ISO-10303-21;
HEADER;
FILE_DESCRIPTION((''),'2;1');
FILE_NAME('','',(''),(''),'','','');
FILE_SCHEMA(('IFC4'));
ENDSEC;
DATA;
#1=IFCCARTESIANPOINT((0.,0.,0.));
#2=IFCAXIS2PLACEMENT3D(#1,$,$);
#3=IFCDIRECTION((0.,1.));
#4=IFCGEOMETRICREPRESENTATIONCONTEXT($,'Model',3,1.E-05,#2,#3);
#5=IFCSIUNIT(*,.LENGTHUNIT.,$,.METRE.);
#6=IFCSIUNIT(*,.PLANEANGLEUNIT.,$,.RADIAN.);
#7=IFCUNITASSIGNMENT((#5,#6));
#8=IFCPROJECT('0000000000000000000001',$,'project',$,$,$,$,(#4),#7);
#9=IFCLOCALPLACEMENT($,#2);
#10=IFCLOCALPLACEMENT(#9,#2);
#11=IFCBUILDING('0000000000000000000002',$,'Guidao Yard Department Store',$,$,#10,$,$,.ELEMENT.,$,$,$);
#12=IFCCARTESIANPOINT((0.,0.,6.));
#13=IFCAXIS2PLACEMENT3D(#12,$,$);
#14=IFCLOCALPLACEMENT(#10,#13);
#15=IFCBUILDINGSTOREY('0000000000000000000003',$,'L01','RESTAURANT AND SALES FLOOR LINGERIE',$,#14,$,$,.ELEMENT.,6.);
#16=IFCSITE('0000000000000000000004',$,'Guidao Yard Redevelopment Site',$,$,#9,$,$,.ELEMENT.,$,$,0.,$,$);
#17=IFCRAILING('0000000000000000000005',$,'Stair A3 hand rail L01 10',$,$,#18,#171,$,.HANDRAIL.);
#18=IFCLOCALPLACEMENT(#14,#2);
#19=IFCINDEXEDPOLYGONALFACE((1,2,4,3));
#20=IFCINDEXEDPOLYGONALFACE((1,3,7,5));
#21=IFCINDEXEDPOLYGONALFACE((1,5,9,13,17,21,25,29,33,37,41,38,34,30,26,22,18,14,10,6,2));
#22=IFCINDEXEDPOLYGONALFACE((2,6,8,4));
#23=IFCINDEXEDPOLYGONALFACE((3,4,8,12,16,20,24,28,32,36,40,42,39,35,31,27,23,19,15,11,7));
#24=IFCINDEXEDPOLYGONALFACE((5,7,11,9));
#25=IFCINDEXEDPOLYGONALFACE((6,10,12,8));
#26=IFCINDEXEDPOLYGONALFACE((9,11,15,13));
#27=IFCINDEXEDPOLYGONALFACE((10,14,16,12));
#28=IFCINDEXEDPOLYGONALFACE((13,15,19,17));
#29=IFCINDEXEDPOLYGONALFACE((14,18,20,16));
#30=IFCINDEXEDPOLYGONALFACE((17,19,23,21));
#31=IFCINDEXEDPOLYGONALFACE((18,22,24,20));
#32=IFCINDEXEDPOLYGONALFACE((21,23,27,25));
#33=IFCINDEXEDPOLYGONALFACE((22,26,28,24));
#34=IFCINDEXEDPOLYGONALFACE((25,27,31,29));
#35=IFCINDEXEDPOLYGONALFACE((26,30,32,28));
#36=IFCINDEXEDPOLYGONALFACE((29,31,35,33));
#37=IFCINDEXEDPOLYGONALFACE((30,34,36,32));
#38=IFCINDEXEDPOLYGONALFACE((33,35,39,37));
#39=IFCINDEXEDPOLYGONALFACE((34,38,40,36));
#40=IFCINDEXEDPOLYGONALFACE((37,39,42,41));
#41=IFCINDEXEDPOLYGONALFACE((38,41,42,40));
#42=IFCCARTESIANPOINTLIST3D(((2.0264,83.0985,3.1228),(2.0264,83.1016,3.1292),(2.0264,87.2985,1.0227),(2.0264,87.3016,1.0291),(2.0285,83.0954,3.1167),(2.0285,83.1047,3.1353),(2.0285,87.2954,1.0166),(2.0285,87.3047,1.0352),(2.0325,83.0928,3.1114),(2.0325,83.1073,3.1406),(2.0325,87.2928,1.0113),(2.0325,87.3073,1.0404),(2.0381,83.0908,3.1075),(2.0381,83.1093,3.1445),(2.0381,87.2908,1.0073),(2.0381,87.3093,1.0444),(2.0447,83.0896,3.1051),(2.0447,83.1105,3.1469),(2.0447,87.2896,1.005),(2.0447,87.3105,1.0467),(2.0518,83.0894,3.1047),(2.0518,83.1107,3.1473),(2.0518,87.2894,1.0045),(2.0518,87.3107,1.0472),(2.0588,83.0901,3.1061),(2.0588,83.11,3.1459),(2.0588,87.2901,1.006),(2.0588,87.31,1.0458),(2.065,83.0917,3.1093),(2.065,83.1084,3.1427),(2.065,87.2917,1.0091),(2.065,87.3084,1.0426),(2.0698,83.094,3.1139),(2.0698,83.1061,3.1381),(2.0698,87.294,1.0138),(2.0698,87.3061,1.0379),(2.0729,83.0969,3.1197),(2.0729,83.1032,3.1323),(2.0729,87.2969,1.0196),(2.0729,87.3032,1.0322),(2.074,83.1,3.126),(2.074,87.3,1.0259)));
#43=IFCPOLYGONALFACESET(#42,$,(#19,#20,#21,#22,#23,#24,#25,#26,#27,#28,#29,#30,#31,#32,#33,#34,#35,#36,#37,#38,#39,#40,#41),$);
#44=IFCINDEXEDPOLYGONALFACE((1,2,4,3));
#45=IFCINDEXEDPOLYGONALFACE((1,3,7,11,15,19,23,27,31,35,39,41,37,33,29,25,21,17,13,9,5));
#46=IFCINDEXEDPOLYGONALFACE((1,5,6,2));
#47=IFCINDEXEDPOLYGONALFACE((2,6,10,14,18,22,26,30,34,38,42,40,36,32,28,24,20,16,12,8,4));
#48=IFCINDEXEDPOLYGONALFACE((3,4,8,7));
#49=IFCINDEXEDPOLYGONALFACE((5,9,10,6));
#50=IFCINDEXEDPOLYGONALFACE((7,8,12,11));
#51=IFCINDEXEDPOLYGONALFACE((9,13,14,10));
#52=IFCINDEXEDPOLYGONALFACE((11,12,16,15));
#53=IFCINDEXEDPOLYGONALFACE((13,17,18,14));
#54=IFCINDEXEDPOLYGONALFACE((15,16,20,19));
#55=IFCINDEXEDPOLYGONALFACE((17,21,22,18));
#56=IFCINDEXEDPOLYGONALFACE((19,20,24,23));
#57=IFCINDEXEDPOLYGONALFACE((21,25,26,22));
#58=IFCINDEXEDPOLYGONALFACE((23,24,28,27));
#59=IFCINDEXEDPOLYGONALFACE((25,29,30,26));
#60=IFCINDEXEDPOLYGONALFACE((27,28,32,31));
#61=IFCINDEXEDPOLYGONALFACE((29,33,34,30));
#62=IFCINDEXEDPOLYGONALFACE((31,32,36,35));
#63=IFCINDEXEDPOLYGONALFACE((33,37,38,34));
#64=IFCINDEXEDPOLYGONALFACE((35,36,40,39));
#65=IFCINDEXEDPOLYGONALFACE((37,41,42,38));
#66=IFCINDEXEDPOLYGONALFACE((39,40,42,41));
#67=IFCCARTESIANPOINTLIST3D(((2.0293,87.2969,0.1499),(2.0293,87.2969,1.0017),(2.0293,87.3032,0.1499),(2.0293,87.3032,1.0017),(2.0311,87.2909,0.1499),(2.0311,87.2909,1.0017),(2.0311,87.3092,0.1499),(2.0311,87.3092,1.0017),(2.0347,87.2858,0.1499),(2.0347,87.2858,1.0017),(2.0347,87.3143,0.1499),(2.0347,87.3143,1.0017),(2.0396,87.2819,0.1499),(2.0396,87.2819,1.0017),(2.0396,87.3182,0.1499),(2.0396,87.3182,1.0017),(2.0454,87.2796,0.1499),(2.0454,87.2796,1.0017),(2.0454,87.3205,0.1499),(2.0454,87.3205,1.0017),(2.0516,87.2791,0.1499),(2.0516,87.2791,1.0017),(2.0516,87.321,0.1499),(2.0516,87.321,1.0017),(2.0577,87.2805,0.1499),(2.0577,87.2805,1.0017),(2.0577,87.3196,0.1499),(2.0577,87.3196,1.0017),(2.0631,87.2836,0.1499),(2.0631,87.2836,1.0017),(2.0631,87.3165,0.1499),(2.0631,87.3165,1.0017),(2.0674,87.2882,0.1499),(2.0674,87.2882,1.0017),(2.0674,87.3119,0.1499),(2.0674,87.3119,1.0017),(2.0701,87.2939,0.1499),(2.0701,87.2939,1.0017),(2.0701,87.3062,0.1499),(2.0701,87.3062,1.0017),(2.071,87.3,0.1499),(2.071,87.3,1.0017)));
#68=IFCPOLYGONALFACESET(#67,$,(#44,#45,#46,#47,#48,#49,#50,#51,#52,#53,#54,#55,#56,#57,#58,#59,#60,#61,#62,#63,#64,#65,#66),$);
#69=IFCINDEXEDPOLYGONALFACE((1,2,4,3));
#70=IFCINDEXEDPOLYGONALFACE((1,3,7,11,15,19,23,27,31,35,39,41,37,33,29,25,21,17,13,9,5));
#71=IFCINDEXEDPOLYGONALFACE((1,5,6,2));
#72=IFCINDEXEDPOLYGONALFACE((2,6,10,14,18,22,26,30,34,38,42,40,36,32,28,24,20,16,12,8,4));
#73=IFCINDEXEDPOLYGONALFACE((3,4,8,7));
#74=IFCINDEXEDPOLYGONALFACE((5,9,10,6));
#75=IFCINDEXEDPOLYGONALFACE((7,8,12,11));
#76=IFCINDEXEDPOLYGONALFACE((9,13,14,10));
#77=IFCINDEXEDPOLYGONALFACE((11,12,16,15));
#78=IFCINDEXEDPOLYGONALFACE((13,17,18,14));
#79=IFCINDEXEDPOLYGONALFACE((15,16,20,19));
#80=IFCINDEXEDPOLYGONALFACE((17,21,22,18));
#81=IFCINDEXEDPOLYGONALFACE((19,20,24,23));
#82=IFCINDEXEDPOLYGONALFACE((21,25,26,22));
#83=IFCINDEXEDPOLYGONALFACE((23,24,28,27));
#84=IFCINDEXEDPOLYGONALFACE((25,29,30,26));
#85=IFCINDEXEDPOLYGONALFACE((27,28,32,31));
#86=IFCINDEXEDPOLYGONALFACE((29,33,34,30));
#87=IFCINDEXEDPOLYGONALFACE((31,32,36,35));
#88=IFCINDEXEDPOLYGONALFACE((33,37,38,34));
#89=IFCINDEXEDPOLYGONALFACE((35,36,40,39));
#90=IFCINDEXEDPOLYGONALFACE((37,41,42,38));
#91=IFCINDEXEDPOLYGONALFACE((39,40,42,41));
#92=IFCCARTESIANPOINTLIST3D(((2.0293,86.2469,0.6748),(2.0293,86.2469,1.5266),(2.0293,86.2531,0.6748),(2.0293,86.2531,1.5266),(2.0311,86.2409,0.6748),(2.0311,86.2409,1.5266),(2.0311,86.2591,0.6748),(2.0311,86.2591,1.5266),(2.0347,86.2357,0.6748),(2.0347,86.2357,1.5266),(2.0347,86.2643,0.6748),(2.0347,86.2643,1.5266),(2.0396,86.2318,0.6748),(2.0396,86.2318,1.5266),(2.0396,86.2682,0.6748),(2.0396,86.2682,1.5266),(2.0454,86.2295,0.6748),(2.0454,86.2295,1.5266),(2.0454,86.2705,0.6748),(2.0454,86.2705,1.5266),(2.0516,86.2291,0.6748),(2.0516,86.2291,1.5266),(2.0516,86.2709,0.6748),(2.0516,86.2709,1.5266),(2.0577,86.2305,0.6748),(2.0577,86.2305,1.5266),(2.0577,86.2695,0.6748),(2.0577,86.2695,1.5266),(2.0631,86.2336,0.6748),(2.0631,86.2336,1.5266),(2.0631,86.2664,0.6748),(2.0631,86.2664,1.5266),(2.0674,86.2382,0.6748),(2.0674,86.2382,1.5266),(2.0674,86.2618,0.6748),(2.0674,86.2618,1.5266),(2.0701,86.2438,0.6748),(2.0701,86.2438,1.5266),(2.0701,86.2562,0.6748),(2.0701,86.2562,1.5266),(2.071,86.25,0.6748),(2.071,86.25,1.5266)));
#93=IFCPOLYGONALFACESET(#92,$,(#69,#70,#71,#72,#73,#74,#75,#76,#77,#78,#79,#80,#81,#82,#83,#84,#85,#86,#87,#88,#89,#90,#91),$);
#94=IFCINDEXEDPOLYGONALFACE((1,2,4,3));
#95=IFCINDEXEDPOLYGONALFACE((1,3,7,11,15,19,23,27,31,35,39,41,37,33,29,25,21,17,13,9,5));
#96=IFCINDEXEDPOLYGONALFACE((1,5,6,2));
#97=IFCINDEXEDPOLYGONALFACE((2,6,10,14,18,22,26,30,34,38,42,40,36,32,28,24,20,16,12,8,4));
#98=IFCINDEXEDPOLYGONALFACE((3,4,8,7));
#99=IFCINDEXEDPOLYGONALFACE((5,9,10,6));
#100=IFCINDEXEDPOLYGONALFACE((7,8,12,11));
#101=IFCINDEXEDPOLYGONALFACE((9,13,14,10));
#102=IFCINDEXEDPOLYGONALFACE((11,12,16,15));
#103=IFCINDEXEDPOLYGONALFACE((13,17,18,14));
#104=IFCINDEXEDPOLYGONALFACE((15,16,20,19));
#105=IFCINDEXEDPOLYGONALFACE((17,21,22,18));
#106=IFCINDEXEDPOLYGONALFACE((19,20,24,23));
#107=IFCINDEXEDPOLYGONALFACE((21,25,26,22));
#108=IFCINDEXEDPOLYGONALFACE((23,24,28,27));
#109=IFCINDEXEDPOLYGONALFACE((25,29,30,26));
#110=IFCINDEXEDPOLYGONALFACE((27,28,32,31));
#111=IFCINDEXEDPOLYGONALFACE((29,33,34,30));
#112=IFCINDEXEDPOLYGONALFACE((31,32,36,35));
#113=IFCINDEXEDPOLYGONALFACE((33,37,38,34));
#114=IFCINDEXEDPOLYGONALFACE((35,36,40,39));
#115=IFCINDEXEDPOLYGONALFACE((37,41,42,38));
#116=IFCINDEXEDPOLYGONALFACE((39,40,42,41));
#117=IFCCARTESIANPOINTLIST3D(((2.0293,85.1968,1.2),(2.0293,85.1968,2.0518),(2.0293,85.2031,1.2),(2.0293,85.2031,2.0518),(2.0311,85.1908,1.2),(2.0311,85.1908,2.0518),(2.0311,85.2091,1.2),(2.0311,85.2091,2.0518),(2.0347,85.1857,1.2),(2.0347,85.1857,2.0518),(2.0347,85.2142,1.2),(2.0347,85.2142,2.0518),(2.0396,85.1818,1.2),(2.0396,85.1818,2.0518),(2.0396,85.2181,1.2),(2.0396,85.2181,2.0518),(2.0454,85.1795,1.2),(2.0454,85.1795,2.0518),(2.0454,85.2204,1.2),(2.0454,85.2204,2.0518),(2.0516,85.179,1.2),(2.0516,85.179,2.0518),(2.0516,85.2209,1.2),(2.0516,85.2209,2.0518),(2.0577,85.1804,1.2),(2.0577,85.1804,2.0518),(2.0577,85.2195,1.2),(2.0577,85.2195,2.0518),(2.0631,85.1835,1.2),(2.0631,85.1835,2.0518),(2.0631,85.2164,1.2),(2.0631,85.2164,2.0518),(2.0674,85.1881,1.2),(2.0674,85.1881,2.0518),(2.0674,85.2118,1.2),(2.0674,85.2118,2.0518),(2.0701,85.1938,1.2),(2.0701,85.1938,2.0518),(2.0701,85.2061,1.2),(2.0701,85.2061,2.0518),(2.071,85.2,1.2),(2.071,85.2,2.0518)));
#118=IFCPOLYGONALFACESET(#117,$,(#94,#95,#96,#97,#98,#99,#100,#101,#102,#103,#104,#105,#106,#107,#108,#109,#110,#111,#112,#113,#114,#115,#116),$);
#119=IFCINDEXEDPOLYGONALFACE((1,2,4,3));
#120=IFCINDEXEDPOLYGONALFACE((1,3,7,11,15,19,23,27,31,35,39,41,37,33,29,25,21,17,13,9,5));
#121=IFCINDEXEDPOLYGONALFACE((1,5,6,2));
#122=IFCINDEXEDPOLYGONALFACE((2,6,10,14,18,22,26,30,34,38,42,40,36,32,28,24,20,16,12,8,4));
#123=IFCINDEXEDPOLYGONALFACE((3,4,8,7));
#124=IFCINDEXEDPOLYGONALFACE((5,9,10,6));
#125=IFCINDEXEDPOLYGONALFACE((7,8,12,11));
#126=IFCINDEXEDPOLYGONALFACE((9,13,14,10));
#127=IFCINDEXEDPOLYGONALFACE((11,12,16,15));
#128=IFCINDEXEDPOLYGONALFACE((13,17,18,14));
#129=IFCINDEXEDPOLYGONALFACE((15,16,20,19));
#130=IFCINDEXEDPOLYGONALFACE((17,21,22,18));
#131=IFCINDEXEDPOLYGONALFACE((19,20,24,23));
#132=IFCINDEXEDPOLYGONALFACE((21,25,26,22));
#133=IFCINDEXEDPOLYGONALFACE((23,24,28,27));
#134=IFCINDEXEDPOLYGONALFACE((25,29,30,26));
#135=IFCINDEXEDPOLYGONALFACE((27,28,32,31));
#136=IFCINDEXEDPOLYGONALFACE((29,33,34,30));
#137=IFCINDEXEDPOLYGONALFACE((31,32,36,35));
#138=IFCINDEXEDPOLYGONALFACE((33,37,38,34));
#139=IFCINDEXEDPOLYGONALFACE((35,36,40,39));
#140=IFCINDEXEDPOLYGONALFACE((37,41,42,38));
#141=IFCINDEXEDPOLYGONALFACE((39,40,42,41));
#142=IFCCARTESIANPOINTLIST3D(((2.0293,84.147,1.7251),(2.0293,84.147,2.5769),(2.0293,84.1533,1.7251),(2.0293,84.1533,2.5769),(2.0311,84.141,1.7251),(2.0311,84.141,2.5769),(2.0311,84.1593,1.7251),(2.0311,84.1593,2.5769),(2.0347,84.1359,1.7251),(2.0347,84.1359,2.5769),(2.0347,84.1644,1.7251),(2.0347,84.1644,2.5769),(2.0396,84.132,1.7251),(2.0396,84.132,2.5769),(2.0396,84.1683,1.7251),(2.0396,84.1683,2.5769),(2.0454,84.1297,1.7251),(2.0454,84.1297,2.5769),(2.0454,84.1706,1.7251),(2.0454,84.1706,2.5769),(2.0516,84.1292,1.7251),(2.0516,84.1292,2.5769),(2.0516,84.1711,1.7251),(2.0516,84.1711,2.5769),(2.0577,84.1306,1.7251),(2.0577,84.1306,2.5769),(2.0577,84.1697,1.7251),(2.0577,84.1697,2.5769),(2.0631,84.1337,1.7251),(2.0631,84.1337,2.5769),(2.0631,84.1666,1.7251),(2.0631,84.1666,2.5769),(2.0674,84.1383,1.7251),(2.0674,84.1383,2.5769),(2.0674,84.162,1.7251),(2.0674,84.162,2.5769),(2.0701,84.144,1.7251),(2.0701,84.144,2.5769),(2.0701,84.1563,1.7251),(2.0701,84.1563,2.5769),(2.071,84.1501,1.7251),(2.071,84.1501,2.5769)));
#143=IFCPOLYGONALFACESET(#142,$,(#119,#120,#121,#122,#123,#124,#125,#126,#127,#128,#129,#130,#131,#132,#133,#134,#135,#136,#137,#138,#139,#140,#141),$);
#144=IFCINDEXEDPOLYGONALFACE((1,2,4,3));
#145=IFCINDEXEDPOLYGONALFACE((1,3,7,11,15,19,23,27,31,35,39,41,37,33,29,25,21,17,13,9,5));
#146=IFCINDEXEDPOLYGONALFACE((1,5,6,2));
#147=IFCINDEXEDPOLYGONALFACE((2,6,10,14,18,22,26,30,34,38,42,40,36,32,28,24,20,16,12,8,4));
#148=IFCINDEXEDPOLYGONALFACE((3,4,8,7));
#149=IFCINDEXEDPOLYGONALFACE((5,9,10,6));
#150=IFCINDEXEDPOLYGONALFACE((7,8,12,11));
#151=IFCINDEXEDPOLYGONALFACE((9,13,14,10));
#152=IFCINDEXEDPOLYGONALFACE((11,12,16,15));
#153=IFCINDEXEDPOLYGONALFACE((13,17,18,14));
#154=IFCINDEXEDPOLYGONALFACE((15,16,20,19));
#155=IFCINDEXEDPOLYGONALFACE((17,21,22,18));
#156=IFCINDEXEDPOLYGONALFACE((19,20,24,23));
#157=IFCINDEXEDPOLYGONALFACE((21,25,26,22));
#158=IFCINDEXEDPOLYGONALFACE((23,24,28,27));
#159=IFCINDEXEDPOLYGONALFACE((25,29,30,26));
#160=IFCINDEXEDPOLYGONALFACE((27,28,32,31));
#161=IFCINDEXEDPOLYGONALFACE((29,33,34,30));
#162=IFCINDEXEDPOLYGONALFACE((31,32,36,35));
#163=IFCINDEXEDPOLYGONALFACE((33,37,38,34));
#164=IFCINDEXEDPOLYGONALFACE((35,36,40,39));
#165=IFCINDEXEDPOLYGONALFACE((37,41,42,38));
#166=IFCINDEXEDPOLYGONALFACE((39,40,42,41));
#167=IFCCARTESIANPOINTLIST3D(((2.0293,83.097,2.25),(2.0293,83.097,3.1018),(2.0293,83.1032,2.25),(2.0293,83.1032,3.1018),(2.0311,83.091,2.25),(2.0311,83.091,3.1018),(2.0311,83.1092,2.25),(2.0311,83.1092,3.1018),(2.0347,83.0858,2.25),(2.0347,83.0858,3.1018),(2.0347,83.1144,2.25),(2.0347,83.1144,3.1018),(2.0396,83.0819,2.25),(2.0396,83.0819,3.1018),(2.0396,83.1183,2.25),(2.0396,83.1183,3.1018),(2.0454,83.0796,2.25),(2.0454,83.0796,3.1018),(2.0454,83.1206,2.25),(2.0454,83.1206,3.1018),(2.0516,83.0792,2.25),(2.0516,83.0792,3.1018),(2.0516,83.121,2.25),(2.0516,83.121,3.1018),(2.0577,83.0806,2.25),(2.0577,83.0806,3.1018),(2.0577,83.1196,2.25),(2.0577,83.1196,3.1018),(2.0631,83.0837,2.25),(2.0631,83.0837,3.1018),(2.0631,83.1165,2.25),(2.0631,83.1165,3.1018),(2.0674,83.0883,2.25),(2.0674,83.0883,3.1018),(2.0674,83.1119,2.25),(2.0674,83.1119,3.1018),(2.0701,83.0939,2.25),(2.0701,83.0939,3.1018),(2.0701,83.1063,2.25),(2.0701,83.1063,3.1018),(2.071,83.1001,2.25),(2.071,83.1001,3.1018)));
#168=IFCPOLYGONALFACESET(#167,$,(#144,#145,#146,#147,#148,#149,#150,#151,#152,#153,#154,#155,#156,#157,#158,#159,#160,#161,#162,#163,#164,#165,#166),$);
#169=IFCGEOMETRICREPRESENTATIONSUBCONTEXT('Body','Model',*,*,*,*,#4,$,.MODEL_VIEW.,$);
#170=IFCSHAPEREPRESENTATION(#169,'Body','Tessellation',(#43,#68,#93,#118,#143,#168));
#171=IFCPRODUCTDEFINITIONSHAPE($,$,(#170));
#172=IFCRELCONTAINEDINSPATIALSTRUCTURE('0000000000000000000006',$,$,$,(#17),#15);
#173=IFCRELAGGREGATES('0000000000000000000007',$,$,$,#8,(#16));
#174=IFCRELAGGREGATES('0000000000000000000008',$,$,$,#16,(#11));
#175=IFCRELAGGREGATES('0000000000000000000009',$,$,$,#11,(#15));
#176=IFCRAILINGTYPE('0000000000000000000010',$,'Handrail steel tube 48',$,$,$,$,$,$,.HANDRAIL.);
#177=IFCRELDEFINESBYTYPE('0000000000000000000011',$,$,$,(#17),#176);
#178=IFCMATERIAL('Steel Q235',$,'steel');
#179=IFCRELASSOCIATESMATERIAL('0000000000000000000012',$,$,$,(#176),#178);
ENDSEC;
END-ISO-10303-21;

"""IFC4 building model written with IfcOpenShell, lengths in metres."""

from ifc_helpers import new_model, si_unit, direction, frame, origin, origin_2d, place, context, subcontext, project, spatial, circle, extrude, material, type_object, element, save


model = new_model("IFC4")

# Units and contexts
model_context = context("Model", 3, precision=1e-05, world=origin(), true_north=direction((0.0, 1.0)))
body_context = subcontext(model_context, "Body", "Model", "MODEL_VIEW")
ifc_project = project(units=[si_unit("LENGTHUNIT", "METRE"), si_unit("PLANEANGLEUNIT", "RADIAN")], contexts=[model_context])

# Site, building, storey
site_placement = place(None, origin())
site = spatial("IfcSite", under=ifc_project, at=site_placement, Name="Guidao Yard Redevelopment Site", CompositionType="ELEMENT", RefElevation=0.0)
building_placement = place(site_placement, origin())
building = spatial("IfcBuilding", under=site, at=building_placement, Name="Guidao Yard Department Store", CompositionType="ELEMENT")
storey_placement = place(building_placement, frame((0.0, 0.0, 6.0)))
storey = spatial("IfcBuildingStorey", under=building, at=storey_placement, Name="L01", Description="RESTAURANT AND SALES FLOOR LINGERIE", CompositionType="ELEMENT", Elevation=6.0)

# Railing
ifc_material_1 = material(Name="Steel Q235", Category="steel")
railing_type_1 = type_object("IfcRailingType", Name="Handrail steel tube 48", PredefinedType="HANDRAIL", material=ifc_material_1)
for number, where, name in (
    (1, (2.05, 87.3, 0.1499), "Stair A3 hand rail L01 10"),
):
    element("IfcRailing", number, at=place(storey_placement, frame(where)), inside=storey, type_object=railing_type_1, Name=name, PredefinedType="HANDRAIL", context=body_context, shape_type="SweptSolid", body=[
        extrude(circle(Radius=0.0239, at=origin_2d()), frame((0.0, 0.0, 0.876), z_axis=(0.0, -0.894417, 0.447234), x_axis=(1.0, 0.0, 0.0)), (0.0, 0.0, 1.0), 4.6958),
        extrude(circle(Radius=0.021, at=origin_2d()), origin(), (0.0, 0.0, 1.0), 0.8518),
        extrude(circle(Radius=0.021, at=origin_2d()), frame((0.0, -1.05, 0.5249)), (0.0, 0.0, 1.0), 0.8518),
        extrude(circle(Radius=0.021, at=origin_2d()), frame((0.0, -2.1001, 1.05)), (0.0, 0.0, 1.0), 0.8518),
        extrude(circle(Radius=0.021, at=origin_2d()), frame((0.0, -3.1499, 1.5752)), (0.0, 0.0, 1.0), 0.8518),
        extrude(circle(Radius=0.021, at=origin_2d()), frame((0.0, -4.2, 2.1001)), (0.0, 0.0, 1.0), 0.8518),
    ])

save(model, "model.ifc")
